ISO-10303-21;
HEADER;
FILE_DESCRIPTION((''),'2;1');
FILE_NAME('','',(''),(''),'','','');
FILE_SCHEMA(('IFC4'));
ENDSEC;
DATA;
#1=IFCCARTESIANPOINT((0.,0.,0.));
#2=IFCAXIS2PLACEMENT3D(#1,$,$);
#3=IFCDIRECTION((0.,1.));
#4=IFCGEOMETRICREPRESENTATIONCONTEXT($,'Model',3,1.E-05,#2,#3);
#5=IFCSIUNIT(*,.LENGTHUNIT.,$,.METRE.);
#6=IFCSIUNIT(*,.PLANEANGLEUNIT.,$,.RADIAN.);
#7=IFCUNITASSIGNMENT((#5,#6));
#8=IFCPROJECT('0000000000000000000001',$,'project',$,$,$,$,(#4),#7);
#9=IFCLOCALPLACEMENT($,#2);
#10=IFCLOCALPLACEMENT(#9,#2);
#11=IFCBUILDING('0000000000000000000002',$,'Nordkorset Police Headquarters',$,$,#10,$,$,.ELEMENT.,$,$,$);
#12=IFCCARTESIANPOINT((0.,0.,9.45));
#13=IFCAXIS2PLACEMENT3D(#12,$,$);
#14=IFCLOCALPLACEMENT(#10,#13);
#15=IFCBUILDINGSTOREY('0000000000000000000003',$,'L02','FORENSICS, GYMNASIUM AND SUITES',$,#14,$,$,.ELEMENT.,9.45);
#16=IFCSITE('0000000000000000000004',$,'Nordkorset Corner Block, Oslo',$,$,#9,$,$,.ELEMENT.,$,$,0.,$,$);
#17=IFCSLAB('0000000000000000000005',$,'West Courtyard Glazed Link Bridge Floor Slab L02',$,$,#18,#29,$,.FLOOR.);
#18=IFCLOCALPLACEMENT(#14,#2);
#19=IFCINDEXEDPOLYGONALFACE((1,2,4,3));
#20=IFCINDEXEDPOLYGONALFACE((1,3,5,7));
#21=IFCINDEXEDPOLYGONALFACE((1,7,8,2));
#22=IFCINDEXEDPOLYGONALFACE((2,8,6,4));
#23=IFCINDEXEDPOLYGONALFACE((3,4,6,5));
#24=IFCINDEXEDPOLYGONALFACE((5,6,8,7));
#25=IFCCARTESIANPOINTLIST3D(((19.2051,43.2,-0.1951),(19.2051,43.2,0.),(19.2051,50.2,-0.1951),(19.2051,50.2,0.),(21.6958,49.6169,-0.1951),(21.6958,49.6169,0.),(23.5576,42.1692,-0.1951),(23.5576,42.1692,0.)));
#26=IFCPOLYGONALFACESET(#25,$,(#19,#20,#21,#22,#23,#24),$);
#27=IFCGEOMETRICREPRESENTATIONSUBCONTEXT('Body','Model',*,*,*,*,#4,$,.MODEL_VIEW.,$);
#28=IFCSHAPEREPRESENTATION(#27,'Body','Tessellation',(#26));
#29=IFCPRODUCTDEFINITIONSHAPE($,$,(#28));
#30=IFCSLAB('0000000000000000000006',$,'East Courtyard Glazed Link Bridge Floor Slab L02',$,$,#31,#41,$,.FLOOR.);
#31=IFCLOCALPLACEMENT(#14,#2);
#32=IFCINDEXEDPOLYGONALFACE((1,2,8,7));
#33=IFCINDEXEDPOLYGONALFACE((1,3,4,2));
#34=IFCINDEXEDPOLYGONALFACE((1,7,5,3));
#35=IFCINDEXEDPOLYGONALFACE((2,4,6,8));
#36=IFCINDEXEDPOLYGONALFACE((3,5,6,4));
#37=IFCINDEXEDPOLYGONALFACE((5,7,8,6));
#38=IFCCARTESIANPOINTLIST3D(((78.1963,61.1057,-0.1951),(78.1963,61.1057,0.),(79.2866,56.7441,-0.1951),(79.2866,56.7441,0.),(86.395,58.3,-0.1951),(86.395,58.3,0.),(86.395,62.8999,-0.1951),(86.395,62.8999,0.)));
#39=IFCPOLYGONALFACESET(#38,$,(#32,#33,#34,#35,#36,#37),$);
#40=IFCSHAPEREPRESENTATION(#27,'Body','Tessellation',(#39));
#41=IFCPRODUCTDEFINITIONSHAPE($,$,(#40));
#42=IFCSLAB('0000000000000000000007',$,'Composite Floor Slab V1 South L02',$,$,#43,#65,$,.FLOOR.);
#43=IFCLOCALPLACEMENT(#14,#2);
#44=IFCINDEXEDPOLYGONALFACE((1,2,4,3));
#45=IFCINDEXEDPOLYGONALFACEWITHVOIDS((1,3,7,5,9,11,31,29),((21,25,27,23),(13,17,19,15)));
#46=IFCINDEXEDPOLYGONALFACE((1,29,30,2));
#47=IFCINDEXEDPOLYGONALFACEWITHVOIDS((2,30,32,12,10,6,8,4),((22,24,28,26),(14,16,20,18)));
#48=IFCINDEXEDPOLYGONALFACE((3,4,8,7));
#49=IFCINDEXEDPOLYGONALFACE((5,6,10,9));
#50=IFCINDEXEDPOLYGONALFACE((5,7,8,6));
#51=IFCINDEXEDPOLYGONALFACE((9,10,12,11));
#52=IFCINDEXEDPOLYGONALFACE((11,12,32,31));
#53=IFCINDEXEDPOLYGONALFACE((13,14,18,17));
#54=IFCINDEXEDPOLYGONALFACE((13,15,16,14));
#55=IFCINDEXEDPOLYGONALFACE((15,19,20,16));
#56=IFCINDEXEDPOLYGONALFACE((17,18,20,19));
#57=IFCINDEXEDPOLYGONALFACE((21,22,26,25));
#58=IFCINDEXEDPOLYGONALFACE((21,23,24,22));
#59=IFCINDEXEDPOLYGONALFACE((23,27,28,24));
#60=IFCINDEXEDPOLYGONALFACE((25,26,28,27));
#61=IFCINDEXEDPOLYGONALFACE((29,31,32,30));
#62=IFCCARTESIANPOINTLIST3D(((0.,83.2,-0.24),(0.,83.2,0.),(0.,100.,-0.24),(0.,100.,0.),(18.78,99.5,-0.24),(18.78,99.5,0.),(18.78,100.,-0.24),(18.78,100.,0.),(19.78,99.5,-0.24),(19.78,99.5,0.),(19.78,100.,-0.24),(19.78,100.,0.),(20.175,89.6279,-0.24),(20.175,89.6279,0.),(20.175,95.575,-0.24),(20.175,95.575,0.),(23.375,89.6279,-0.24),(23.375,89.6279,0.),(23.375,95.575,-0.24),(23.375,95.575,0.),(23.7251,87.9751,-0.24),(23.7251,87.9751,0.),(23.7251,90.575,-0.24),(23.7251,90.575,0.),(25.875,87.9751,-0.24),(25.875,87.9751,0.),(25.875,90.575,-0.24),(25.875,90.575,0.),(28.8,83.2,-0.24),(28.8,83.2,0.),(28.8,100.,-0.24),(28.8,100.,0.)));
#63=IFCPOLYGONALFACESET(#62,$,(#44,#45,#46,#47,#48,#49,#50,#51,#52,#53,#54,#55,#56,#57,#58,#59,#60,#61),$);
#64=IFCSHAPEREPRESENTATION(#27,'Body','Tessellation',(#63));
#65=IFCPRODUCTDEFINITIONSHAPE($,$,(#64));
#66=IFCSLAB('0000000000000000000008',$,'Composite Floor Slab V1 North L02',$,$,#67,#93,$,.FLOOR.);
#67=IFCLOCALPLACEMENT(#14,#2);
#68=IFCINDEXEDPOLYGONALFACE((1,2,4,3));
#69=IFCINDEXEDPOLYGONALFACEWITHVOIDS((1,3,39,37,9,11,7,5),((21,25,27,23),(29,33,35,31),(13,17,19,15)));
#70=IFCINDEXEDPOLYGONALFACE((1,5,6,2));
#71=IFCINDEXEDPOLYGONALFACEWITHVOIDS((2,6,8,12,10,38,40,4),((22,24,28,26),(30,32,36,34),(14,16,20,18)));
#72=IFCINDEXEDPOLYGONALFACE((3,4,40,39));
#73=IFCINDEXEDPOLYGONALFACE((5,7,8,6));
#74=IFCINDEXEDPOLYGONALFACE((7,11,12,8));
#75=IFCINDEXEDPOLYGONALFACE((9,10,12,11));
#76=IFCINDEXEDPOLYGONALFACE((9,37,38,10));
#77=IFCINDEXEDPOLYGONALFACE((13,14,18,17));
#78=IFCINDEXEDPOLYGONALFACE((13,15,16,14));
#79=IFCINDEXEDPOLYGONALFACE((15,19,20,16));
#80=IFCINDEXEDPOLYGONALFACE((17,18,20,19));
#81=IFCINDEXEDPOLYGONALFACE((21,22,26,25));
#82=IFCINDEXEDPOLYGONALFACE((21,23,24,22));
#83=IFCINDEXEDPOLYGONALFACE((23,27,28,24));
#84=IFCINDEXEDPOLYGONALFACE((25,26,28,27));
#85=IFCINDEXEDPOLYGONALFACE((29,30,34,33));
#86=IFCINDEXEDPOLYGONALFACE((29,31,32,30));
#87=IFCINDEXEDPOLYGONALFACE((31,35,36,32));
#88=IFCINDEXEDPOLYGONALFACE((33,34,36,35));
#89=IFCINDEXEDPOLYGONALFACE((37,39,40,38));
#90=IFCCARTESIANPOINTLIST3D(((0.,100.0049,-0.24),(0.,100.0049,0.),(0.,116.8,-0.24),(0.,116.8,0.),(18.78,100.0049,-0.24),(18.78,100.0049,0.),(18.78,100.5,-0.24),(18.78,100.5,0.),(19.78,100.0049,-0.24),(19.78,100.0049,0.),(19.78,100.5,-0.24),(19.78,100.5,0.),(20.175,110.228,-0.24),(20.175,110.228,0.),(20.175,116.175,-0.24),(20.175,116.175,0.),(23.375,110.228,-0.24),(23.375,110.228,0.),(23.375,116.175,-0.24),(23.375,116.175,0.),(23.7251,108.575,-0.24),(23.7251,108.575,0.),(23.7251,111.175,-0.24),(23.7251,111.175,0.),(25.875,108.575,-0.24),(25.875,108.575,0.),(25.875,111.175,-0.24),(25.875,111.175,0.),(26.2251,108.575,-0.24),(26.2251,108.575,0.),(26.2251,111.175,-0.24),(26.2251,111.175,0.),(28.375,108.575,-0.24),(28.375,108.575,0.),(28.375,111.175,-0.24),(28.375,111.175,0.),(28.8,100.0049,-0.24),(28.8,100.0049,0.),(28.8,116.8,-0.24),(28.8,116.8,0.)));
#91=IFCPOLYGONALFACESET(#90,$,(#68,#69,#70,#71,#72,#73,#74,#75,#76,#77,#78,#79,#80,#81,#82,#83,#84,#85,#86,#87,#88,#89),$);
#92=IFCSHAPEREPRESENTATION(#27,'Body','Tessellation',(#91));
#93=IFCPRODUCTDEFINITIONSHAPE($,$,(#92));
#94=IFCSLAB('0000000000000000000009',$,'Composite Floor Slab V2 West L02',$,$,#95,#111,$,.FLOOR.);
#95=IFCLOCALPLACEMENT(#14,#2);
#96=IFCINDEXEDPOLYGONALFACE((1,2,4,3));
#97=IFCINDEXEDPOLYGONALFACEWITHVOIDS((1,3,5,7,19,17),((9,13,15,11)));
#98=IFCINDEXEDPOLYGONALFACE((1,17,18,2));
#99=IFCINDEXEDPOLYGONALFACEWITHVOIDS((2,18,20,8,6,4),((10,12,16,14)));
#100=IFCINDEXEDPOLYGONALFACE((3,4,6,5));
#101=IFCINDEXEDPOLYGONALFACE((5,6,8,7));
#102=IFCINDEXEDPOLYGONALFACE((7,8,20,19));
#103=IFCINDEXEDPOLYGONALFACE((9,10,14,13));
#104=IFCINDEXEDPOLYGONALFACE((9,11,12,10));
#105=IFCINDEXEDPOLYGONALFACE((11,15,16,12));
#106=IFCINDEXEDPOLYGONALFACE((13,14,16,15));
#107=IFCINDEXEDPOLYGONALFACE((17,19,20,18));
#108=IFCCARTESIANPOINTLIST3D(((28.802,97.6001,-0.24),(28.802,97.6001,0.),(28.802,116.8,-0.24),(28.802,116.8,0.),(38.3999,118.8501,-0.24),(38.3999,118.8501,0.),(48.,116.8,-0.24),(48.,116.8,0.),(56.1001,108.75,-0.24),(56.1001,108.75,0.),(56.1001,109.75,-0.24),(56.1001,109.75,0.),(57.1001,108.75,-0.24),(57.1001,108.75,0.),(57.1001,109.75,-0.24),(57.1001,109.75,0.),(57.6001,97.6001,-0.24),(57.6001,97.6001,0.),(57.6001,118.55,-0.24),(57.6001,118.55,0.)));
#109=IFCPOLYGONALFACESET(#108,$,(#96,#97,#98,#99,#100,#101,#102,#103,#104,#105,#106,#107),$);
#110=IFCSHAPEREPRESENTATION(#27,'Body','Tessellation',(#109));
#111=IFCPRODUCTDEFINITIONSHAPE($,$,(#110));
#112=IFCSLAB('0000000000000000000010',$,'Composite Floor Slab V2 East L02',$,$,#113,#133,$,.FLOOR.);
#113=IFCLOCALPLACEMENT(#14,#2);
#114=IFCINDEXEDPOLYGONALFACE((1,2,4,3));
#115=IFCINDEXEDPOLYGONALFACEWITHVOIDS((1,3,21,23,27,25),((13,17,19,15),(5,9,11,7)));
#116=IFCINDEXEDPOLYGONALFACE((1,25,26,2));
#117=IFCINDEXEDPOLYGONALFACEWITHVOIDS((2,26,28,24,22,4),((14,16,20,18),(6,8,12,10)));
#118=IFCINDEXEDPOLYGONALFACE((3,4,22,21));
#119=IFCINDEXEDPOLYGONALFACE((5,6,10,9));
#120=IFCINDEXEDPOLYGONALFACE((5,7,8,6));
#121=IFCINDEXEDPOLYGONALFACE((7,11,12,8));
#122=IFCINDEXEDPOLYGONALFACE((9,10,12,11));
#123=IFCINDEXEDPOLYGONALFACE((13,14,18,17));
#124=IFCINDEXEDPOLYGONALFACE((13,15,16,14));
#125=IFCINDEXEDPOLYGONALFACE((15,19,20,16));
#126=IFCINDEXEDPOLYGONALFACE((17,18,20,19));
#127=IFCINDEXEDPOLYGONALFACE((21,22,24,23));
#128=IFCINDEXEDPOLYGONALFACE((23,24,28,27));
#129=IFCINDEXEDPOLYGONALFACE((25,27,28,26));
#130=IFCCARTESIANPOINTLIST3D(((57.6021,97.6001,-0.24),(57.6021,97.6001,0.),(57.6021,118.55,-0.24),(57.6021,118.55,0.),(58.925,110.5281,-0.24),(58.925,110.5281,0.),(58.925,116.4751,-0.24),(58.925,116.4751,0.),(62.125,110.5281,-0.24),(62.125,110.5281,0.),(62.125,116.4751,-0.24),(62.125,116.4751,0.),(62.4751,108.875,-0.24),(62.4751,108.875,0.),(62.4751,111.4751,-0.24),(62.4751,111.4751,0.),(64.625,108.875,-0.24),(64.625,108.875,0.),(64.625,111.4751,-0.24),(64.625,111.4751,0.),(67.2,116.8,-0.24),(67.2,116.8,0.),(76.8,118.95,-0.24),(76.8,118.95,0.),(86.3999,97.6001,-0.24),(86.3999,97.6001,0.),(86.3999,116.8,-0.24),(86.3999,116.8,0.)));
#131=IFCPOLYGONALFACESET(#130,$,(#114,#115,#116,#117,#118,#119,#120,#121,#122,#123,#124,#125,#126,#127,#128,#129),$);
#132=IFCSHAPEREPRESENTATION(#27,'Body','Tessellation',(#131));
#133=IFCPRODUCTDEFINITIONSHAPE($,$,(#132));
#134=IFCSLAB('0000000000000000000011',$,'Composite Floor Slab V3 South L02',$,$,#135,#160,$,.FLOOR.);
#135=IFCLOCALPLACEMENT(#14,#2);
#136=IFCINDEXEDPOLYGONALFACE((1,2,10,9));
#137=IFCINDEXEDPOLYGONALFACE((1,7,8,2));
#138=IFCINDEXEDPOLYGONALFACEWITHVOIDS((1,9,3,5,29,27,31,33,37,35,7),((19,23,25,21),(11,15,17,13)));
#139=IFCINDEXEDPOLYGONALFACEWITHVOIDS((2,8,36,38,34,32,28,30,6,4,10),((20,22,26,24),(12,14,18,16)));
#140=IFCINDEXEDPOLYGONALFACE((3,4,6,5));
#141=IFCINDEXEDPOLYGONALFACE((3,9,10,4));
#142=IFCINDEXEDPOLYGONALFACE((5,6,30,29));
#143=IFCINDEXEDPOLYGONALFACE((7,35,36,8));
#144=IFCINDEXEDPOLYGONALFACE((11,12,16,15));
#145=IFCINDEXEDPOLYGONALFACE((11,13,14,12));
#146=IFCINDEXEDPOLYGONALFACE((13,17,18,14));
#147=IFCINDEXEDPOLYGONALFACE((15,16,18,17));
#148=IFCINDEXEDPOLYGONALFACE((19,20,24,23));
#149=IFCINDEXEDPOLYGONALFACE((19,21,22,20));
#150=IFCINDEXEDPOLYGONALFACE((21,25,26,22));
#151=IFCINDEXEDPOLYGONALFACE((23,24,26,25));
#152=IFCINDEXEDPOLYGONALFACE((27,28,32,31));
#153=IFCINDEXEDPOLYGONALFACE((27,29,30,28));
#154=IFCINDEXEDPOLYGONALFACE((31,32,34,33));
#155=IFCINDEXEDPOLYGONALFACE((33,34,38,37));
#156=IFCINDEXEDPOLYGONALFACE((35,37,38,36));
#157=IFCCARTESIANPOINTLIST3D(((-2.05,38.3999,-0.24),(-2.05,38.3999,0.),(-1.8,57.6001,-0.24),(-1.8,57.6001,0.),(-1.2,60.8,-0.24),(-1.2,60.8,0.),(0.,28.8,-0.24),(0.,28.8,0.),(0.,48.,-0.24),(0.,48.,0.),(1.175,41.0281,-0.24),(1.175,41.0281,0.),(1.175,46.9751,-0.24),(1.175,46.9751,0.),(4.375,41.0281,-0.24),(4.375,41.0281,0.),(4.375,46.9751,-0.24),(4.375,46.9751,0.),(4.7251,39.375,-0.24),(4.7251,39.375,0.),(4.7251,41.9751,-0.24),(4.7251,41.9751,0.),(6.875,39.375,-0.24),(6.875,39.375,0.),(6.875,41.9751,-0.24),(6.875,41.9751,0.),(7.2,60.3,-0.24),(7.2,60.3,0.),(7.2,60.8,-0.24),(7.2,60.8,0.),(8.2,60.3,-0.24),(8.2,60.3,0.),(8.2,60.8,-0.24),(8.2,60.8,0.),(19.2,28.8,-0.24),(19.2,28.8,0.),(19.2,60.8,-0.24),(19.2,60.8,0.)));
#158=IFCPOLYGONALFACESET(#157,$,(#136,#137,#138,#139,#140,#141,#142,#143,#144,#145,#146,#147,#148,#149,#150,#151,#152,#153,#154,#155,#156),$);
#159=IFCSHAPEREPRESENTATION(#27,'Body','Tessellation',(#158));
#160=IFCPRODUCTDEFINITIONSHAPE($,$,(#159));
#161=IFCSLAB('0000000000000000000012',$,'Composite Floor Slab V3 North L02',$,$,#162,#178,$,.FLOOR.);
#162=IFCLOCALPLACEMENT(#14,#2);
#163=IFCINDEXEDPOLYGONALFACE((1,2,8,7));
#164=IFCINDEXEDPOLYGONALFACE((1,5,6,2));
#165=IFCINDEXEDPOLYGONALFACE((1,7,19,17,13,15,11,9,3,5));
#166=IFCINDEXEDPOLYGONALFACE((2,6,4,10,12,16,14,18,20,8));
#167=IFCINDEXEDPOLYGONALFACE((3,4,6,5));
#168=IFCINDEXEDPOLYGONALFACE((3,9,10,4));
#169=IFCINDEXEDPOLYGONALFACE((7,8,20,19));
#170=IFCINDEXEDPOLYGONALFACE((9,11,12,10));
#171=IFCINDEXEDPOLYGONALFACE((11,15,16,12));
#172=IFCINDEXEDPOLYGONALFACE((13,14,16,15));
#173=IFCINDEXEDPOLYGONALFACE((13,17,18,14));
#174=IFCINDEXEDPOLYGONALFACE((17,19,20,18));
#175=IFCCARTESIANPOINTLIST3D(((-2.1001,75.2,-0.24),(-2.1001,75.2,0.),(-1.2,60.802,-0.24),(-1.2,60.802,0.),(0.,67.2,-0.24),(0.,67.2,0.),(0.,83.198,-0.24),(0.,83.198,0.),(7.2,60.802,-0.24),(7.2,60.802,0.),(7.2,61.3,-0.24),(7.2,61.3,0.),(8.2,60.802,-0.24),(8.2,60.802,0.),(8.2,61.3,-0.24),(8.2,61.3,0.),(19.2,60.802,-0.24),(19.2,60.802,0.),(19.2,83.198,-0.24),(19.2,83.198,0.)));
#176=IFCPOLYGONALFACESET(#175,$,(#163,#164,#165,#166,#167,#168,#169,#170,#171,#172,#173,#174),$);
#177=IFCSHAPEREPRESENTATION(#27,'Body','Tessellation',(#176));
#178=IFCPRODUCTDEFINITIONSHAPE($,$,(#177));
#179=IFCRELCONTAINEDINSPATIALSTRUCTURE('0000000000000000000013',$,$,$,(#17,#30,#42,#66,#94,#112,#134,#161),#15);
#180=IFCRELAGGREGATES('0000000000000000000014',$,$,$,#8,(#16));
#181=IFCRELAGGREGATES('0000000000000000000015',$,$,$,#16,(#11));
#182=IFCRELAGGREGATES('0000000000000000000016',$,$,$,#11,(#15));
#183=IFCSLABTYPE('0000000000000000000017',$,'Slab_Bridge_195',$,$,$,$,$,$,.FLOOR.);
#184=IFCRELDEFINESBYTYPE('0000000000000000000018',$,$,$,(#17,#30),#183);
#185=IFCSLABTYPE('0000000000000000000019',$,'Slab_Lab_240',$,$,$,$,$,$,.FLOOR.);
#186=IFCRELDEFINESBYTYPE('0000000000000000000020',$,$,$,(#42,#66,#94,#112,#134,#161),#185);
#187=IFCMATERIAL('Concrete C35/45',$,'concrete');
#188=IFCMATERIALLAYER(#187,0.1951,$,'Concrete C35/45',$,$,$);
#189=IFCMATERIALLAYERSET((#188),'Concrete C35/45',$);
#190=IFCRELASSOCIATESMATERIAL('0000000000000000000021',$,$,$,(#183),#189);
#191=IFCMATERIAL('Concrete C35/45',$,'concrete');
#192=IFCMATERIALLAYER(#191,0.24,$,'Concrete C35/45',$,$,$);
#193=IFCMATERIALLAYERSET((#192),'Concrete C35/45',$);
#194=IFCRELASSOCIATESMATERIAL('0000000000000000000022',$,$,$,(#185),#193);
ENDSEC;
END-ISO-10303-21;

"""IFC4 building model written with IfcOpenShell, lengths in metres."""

from ifc_helpers import new_model, si_unit, direction, frame, origin, place, context, subcontext, project, spatial, polyline, outline, extrude, material, layer, layer_set, type_object, element, save


model = new_model("IFC4")

# Units and contexts
model_context = context("Model", 3, precision=1e-05, world=origin(), true_north=direction((0.0, 1.0)))
body_context = subcontext(model_context, "Body", "Model", "MODEL_VIEW")
ifc_project = project(units=[si_unit("LENGTHUNIT", "METRE"), si_unit("PLANEANGLEUNIT", "RADIAN")], contexts=[model_context])

# Site, building, storey
site_placement = place(None, origin())
site = spatial("IfcSite", under=ifc_project, at=site_placement, Name="Nordkorset Corner Block, Oslo", CompositionType="ELEMENT", RefElevation=0.0)
building_placement = place(site_placement, origin())
building = spatial("IfcBuilding", under=site, at=building_placement, Name="Nordkorset Police Headquarters", CompositionType="ELEMENT")
storey_placement = place(building_placement, frame((0.0, 0.0, 9.45)))
storey = spatial("IfcBuildingStorey", under=building, at=storey_placement, Name="L02", Description="FORENSICS, GYMNASIUM AND SUITES", CompositionType="ELEMENT", Elevation=9.45)

# Slabs
ifc_material_1 = material(Name="Concrete C35/45", Category="concrete")
ifc_layer_1 = layer(ifc_material_1, 0.1951, Name="Concrete C35/45")
ifc_layer_set_1 = layer_set([ifc_layer_1], Name="Concrete C35/45")
slab_type_1 = type_object("IfcSlabType", Name="Slab_Bridge_195", PredefinedType="FLOOR", material=ifc_layer_set_1)
slab_1_placement = place(storey_placement, frame((0.0, 0.0, -0.1951)))
element("IfcSlab", 1, at=slab_1_placement, inside=storey, type_object=slab_type_1, Name="West Courtyard Glazed Link Bridge Floor Slab L02", PredefinedType="FLOOR", context=body_context, shape_type="SweptSolid", body=[
    extrude(outline(polyline([(19.2051, 43.2), (19.2051, 50.2), (21.6958, 49.6169), (23.5576, 42.1692), (19.2051, 43.2)])), origin(), (0.0, 0.0, 1.0), 0.1951),
])
slab_2_placement = place(storey_placement, frame((0.0, 0.0, -0.1951)))
element("IfcSlab", 2, at=slab_2_placement, inside=storey, type_object=slab_type_1, Name="East Courtyard Glazed Link Bridge Floor Slab L02", PredefinedType="FLOOR", context=body_context, shape_type="SweptSolid", body=[
    extrude(outline(polyline([(86.395, 62.8999), (86.395, 58.3), (79.2866, 56.7441), (78.1963, 61.1057), (86.395, 62.8999)])), origin(), (0.0, 0.0, 1.0), 0.1951),
])
ifc_material_2 = material(Name="Concrete C35/45", Category="concrete")
ifc_layer_2 = layer(ifc_material_2, 0.24, Name="Concrete C35/45")
ifc_layer_set_2 = layer_set([ifc_layer_2], Name="Concrete C35/45")
slab_type_2 = type_object("IfcSlabType", Name="Slab_Lab_240", PredefinedType="FLOOR", material=ifc_layer_set_2)
slab_3_placement = place(storey_placement, frame((0.0, 0.0, -0.24)))
element("IfcSlab", 3, at=slab_3_placement, inside=storey, type_object=slab_type_2, Name="Composite Floor Slab V1 South L02", PredefinedType="FLOOR", context=body_context, shape_type="SweptSolid", body=[
    extrude(outline(polyline([(18.78, 100.0), (18.78, 99.5), (19.78, 99.5), (19.78, 100.0), (28.8, 100.0), (28.8, 83.2), (0.0, 83.2), (0.0, 100.0), (18.78, 100.0)]), holes=[polyline([(20.175, 95.575), (20.175, 89.6279), (23.375, 89.6279), (23.375, 95.575), (20.175, 95.575)]), polyline([(25.875, 90.575), (23.7251, 90.575), (23.7251, 87.9751), (25.875, 87.9751), (25.875, 90.575)])]), origin(), (0.0, 0.0, 1.0), 0.24),
])
slab_4_placement = place(storey_placement, frame((0.0, 0.0, -0.24)))
element("IfcSlab", 4, at=slab_4_placement, inside=storey, type_object=slab_type_2, Name="Composite Floor Slab V1 North L02", PredefinedType="FLOOR", context=body_context, shape_type="SweptSolid", body=[
    extrude(outline(polyline([(28.8, 100.0049), (19.78, 100.0049), (19.78, 100.5), (18.78, 100.5), (18.78, 100.0049), (0.0, 100.0049), (0.0, 116.8), (28.8, 116.8), (28.8, 100.0049)]), holes=[polyline([(20.175, 110.228), (23.375, 110.228), (23.375, 116.175), (20.175, 116.175), (20.175, 110.228)]), polyline([(23.7251, 111.175), (23.7251, 108.575), (25.875, 108.575), (25.875, 111.175), (23.7251, 111.175)]), polyline([(28.375, 111.175), (26.2251, 111.175), (26.2251, 108.575), (28.375, 108.575), (28.375, 111.175)])]), origin(), (0.0, 0.0, 1.0), 0.24),
])
slab_5_placement = place(storey_placement, frame((0.0, 0.0, -0.24)))
element("IfcSlab", 5, at=slab_5_placement, inside=storey, type_object=slab_type_2, Name="Composite Floor Slab V2 West L02", PredefinedType="FLOOR", context=body_context, shape_type="SweptSolid", body=[
    extrude(outline(polyline([(28.802, 116.8), (38.3999, 118.8501), (48.0, 116.8), (57.6001, 118.55), (57.6001, 97.6001), (28.802, 97.6001), (28.802, 116.8)]), holes=[polyline([(57.1001, 109.75), (56.1001, 109.75), (56.1001, 108.75), (57.1001, 108.75), (57.1001, 109.75)])]), origin(), (0.0, 0.0, 1.0), 0.24),
])
slab_6_placement = place(storey_placement, frame((0.0, 0.0, -0.24)))
element("IfcSlab", 6, at=slab_6_placement, inside=storey, type_object=slab_type_2, Name="Composite Floor Slab V2 East L02", PredefinedType="FLOOR", context=body_context, shape_type="SweptSolid", body=[
    extrude(outline(polyline([(67.2, 116.8), (76.8, 118.95), (86.3999, 116.8), (86.3999, 97.6001), (57.6021, 97.6001), (57.6021, 118.55), (67.2, 116.8)]), holes=[polyline([(58.925, 116.4751), (58.925, 110.5281), (62.125, 110.5281), (62.125, 116.4751), (58.925, 116.4751)]), polyline([(64.625, 111.4751), (62.4751, 111.4751), (62.4751, 108.875), (64.625, 108.875), (64.625, 111.4751)])]), origin(), (0.0, 0.0, 1.0), 0.24),
])
slab_7_placement = place(storey_placement, frame((0.0, 0.0, -0.24)))
element("IfcSlab", 7, at=slab_7_placement, inside=storey, type_object=slab_type_2, Name="Composite Floor Slab V3 South L02", PredefinedType="FLOOR", context=body_context, shape_type="SweptSolid", body=[
    extrude(outline(polyline([(0.0, 48.0), (-1.8, 57.6001), (-1.2, 60.8), (7.2, 60.8), (7.2, 60.3), (8.2, 60.3), (8.2, 60.8), (19.2, 60.8), (19.2, 28.8), (0.0, 28.8), (-2.05, 38.3999), (0.0, 48.0)]), holes=[polyline([(1.175, 46.9751), (1.175, 41.0281), (4.375, 41.0281), (4.375, 46.9751), (1.175, 46.9751)]), polyline([(6.875, 41.9751), (4.7251, 41.9751), (4.7251, 39.375), (6.875, 39.375), (6.875, 41.9751)])]), origin(), (0.0, 0.0, 1.0), 0.24),
])
slab_8_placement = place(storey_placement, frame((0.0, 0.0, -0.24)))
element("IfcSlab", 8, at=slab_8_placement, inside=storey, type_object=slab_type_2, Name="Composite Floor Slab V3 North L02", PredefinedType="FLOOR", context=body_context, shape_type="SweptSolid", body=[
    extrude(outline(polyline([(-1.2, 60.802), (7.2, 60.802), (7.2, 61.3), (8.2, 61.3), (8.2, 60.802), (19.2, 60.802), (19.2, 83.198), (0.0, 83.198), (-2.1001, 75.2), (0.0, 67.2), (-1.2, 60.802)])), origin(), (0.0, 0.0, 1.0), 0.24),
])

save(model, "model.ifc")
